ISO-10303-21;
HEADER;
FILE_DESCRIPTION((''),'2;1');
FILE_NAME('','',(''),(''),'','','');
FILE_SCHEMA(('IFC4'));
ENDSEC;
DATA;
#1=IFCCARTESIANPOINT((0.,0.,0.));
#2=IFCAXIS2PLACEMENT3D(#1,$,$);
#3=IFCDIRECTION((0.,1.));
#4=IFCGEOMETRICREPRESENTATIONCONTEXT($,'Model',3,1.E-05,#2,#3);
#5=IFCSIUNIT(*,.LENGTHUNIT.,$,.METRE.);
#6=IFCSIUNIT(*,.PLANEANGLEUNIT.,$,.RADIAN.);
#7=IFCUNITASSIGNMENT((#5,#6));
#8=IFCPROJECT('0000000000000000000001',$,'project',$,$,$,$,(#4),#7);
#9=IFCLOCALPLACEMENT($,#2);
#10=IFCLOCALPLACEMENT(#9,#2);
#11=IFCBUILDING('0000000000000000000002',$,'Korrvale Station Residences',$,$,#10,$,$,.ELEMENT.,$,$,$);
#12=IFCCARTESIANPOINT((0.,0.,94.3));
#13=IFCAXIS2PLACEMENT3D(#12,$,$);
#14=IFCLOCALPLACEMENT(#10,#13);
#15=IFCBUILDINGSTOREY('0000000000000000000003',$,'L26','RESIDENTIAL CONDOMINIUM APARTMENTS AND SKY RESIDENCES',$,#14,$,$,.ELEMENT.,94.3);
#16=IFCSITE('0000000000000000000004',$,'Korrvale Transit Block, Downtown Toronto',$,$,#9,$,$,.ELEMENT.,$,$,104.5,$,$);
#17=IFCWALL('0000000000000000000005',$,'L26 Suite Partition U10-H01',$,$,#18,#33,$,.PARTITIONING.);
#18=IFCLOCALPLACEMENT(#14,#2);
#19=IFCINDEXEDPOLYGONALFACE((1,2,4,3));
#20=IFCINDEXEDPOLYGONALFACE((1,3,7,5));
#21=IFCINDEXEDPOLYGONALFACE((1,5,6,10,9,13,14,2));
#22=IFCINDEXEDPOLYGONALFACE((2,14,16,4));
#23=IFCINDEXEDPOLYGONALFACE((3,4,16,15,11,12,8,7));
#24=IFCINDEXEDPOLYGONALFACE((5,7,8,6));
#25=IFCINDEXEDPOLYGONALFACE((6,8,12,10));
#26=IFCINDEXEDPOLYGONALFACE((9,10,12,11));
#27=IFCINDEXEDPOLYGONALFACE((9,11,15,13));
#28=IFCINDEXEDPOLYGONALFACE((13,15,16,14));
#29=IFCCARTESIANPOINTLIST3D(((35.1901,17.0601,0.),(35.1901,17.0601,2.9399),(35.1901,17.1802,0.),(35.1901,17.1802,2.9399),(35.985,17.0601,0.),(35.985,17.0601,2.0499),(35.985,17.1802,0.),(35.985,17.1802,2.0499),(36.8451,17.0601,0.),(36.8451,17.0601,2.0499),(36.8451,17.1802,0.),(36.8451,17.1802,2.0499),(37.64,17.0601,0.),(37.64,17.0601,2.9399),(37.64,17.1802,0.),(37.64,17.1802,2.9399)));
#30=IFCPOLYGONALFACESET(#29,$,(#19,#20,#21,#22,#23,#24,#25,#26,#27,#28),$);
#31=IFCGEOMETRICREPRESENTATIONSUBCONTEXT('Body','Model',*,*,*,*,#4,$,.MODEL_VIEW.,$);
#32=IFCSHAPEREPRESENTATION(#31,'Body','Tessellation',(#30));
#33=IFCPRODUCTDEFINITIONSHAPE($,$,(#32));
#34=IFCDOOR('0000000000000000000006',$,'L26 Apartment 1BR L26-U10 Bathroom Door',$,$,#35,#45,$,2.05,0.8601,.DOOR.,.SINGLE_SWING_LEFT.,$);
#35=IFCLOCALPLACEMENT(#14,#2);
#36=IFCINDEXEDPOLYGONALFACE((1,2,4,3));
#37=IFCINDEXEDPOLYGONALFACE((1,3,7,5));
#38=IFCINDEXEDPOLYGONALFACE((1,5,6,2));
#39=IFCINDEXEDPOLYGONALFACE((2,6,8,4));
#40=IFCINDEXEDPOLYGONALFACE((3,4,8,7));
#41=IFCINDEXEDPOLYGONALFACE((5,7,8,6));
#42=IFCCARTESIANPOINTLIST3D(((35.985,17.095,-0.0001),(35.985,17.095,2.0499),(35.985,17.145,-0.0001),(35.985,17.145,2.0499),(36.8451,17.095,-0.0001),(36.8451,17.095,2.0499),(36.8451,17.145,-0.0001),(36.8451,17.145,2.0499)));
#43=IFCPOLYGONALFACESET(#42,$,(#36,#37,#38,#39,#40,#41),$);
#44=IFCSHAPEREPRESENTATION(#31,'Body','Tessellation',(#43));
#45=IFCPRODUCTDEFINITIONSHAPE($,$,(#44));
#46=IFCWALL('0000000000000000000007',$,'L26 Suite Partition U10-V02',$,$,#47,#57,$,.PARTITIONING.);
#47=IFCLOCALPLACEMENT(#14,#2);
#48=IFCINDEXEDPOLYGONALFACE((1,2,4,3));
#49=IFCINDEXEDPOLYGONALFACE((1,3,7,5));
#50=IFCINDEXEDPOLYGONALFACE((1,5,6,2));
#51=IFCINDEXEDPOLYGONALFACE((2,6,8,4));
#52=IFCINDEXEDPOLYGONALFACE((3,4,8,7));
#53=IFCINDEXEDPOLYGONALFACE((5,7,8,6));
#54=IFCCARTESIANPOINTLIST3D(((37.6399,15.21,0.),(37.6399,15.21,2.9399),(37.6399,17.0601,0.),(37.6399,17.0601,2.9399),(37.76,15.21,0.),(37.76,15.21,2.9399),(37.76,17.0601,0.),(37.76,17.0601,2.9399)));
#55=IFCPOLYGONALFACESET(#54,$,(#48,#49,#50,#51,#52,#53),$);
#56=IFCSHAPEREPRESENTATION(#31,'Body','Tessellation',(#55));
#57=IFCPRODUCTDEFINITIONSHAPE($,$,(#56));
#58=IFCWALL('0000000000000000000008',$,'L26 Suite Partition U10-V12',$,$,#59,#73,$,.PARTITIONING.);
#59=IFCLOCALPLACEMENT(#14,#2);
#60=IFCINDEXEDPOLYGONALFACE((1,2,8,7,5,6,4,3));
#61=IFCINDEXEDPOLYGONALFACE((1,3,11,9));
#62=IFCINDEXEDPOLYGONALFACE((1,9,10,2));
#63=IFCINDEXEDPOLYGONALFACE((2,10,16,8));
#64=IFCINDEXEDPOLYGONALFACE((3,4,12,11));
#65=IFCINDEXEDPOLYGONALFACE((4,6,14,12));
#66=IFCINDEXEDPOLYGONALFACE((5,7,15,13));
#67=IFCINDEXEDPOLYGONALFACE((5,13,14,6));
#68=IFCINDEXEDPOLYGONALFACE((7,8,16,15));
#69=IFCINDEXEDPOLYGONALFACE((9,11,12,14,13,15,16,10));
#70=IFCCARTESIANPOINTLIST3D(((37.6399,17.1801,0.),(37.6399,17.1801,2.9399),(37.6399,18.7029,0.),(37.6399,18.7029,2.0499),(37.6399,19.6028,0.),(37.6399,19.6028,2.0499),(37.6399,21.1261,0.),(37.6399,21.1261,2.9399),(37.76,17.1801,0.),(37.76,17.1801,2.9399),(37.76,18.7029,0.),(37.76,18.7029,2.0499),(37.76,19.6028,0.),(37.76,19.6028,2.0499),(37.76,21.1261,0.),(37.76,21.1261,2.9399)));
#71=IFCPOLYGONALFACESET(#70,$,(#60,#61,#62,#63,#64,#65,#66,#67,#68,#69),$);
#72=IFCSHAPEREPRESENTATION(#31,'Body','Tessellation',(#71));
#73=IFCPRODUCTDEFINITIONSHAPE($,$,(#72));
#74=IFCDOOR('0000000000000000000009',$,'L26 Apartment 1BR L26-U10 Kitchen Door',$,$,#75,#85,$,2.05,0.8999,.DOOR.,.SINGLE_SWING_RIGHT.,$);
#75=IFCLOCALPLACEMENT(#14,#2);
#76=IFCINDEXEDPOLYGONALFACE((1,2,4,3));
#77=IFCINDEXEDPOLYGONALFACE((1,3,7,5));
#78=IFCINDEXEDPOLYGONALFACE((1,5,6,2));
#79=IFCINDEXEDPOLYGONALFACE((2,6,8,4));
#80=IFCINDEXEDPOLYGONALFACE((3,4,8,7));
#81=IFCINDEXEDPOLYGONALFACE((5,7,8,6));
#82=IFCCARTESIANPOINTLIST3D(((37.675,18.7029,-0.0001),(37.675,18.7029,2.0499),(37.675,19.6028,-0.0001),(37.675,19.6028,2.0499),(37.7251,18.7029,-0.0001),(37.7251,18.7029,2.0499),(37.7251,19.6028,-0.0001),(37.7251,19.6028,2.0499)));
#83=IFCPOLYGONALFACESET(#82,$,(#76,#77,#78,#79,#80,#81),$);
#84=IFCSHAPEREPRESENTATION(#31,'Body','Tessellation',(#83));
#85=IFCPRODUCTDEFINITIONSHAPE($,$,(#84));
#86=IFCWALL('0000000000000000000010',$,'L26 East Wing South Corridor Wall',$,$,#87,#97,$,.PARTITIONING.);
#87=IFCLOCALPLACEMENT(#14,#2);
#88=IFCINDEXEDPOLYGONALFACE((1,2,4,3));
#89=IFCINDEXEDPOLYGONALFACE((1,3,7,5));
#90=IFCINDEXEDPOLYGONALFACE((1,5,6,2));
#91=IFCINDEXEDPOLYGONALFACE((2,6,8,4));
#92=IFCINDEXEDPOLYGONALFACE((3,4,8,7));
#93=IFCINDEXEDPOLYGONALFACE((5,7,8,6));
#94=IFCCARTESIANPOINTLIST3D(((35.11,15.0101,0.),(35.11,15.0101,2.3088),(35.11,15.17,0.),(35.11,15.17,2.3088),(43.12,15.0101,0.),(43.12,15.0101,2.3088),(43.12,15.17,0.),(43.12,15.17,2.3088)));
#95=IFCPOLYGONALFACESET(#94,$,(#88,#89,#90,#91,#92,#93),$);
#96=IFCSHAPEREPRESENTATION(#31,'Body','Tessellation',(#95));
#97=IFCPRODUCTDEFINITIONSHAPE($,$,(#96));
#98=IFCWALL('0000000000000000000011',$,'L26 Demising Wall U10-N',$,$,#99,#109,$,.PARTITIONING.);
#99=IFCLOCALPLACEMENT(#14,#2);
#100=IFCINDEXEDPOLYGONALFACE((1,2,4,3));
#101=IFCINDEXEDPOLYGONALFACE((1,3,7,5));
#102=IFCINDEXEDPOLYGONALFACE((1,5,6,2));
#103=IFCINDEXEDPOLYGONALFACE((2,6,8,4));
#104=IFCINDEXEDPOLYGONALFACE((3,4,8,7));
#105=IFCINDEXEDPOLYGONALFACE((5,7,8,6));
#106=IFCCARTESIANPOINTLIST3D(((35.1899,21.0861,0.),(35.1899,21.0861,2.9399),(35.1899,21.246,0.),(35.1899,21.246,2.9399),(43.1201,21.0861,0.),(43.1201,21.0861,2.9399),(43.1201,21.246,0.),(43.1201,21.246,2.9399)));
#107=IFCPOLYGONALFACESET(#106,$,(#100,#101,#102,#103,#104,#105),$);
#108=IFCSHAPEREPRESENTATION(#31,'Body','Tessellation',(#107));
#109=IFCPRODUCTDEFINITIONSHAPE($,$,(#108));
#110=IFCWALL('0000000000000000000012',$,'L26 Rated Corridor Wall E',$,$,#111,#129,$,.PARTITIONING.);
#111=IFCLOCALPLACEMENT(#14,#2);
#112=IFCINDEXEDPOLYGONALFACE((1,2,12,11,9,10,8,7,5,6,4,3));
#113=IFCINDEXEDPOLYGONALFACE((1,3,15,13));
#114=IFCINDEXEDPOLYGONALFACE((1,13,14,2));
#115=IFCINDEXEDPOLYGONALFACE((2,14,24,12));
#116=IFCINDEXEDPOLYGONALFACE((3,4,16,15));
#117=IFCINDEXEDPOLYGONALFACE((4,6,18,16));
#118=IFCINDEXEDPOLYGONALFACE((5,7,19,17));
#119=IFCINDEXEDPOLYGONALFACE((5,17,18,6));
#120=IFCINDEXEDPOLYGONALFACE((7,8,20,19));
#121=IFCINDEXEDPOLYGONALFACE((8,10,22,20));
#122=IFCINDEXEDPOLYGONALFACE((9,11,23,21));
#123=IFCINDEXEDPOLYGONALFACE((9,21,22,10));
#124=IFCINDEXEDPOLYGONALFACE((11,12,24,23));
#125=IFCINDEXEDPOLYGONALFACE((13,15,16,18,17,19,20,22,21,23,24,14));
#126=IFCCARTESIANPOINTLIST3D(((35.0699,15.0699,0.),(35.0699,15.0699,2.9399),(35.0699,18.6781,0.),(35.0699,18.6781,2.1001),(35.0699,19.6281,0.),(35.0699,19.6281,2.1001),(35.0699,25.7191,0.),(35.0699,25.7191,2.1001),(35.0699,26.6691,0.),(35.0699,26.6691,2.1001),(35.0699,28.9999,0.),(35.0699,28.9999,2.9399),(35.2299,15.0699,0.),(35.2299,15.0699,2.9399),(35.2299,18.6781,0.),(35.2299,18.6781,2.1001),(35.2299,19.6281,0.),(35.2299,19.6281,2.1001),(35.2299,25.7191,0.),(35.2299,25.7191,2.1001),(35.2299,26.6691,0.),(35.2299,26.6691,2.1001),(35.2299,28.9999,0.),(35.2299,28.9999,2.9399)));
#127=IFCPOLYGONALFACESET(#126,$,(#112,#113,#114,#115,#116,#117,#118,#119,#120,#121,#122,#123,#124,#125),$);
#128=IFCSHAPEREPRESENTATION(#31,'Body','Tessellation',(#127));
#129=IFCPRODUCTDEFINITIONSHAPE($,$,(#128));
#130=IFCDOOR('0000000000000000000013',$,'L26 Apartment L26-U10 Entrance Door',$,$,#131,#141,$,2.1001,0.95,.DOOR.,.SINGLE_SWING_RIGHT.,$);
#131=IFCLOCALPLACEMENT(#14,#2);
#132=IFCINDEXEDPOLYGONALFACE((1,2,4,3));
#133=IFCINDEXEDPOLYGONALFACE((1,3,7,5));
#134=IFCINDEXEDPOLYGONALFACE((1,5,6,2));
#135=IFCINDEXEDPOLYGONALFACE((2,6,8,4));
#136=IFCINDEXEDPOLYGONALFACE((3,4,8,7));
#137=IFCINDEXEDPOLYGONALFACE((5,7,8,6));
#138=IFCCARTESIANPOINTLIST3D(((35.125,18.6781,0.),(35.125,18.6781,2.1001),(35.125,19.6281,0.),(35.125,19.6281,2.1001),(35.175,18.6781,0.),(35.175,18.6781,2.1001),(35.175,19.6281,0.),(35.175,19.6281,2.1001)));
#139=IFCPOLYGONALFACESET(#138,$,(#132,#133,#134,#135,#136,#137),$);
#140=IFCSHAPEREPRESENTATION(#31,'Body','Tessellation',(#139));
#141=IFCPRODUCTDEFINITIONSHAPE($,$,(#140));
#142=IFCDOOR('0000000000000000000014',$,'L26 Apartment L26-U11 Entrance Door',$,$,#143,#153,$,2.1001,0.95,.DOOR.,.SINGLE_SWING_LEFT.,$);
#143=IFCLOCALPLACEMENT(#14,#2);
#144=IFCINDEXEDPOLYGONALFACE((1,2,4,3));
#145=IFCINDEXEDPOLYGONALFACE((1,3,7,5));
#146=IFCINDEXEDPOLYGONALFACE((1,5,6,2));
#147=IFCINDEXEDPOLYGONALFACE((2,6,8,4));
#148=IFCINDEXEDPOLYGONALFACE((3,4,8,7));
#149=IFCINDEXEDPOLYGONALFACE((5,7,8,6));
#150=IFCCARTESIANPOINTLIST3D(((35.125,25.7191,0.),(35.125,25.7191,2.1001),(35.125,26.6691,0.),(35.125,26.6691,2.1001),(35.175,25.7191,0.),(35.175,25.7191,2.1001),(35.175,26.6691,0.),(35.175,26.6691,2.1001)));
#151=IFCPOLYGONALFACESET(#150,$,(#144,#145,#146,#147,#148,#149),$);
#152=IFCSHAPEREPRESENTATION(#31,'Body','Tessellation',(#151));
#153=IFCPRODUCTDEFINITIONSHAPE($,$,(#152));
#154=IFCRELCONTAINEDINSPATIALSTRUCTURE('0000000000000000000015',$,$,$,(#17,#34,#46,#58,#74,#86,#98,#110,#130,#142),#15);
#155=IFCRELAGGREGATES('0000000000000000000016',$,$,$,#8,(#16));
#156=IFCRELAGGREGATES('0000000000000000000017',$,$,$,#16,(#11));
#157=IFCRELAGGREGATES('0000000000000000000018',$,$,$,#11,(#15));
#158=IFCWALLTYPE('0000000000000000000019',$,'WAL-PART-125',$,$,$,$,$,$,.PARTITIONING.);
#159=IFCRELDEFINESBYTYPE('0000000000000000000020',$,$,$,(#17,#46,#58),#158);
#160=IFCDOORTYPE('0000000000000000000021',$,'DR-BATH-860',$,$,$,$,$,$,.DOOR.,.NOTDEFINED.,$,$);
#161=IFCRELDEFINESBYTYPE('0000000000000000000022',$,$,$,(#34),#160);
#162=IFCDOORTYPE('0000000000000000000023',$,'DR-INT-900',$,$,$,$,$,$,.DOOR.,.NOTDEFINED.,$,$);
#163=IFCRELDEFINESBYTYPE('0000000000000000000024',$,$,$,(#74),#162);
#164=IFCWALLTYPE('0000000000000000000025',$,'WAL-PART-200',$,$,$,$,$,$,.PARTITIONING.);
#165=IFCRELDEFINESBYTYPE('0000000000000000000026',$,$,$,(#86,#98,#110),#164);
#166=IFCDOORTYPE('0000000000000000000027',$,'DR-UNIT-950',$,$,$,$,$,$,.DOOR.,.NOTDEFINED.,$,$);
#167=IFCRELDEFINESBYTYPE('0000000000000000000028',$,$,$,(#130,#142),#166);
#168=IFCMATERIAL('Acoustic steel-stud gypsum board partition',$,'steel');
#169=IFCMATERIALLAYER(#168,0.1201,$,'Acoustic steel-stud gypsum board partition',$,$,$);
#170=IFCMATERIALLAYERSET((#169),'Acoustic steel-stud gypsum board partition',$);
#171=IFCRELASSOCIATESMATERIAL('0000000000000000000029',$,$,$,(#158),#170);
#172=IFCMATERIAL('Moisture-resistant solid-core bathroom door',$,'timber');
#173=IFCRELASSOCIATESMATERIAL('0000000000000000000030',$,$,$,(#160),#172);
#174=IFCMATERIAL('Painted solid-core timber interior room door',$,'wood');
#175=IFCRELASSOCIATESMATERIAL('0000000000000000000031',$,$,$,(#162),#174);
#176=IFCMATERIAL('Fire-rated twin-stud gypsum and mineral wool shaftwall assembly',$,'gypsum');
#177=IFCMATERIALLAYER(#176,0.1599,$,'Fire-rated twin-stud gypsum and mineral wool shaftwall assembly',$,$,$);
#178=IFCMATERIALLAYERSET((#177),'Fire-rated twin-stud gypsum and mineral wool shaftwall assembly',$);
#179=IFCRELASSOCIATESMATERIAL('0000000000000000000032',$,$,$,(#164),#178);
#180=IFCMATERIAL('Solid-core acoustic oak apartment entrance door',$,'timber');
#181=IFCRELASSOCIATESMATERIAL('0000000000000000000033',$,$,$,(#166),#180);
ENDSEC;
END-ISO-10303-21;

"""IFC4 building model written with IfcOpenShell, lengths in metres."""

from ifc_helpers import new_model, si_unit, direction, frame, frame_2d, origin, place, context, subcontext, project, spatial, rectangle, extrude, material, layer, layer_set, type_object, element, fill, save


model = new_model("IFC4")

# Units and contexts
model_context = context("Model", 3, precision=1e-05, world=origin(), true_north=direction((0.0, 1.0)))
body_context = subcontext(model_context, "Body", "Model", "MODEL_VIEW")
ifc_project = project(units=[si_unit("LENGTHUNIT", "METRE"), si_unit("PLANEANGLEUNIT", "RADIAN")], contexts=[model_context])

# Site, building, storey
site_placement = place(None, origin())
site = spatial("IfcSite", under=ifc_project, at=site_placement, Name="Korrvale Transit Block, Downtown Toronto", CompositionType="ELEMENT", RefElevation=104.5)
building_placement = place(site_placement, origin())
building = spatial("IfcBuilding", under=site, at=building_placement, Name="Korrvale Station Residences", CompositionType="ELEMENT")
storey_placement = place(building_placement, frame((0.0, 0.0, 94.3)))
storey = spatial("IfcBuildingStorey", under=building, at=storey_placement, Name="L26", Description="RESIDENTIAL CONDOMINIUM APARTMENTS AND SKY RESIDENCES", CompositionType="ELEMENT", Elevation=94.3)

# Wall, opening, door
ifc_material_1 = material(Name="Acoustic steel-stud gypsum board partition", Category="steel")
ifc_layer_1 = layer(ifc_material_1, 0.1201, Name="Acoustic steel-stud gypsum board partition")
ifc_layer_set_1 = layer_set([ifc_layer_1], Name="Acoustic steel-stud gypsum board partition")
wall_type_1 = type_object("IfcWallType", Name="WAL-PART-125", PredefinedType="PARTITIONING", material=ifc_layer_set_1)
wall_1_placement = place(storey_placement, frame((35.1899, 17.1201, 0.0), z_axis=(0.0, 0.0, 1.0), x_axis=(1.0, 0.0, 0.0)))
wall_1 = element("IfcWall", 1, at=wall_1_placement, inside=storey, type_object=wall_type_1, Name="L26 Suite Partition U10-H01", PredefinedType="PARTITIONING", context=body_context, shape_type="SweptSolid", body=[
    extrude(rectangle(XDim=2.45, YDim=0.1201, at=frame_2d((1.2251, 0.0))), origin(), (0.0, 0.0, 1.0), 2.9399),
])
opening_1_placement = place(wall_1_placement, frame((0.7949, 0.0, 0.0)))
opening_1 = element("IfcOpeningElement", 2, at=opening_1_placement, cuts=wall_1, PredefinedType="OPENING", context=body_context, shape_type="SweptSolid", body=[
    extrude(rectangle(XDim=0.8601, YDim=2.05, at=frame_2d((0.4302, 1.0249))), frame((0.0, 0.0701, 0.0), z_axis=(0.0, -1.0, 0.0), x_axis=(1.0, 0.0, 0.0)), (0.0, 0.0, 1.0), 0.1401),
])
ifc_material_2 = material(Name="Moisture-resistant solid-core bathroom door", Category="timber")
door_type_1 = type_object("IfcDoorType", Name="DR-BATH-860", OperationType="NOTDEFINED", PredefinedType="DOOR", material=ifc_material_2)
door_1_placement = place(opening_1_placement, origin())
door_1 = element("IfcDoor", 3, at=door_1_placement, inside=storey, type_object=door_type_1, Name="L26 Apartment 1BR L26-U10 Bathroom Door", OperationType="SINGLE_SWING_LEFT", OverallHeight=2.05, OverallWidth=0.8601, PredefinedType="DOOR", context=body_context, shape_type="SweptSolid", body=[
    extrude(rectangle(XDim=0.8601, YDim=2.05, at=frame_2d((0.4302, 1.0249))), frame((0.0, 0.0249, 0.0), z_axis=(0.0, -1.0, 0.0), x_axis=(1.0, 0.0, 0.0)), (0.0, 0.0, 1.0), 0.05),
])
fill(opening_1, door_1)

# Wall
wall_2_placement = place(storey_placement, frame((37.7, 15.21, 0.0), z_axis=(0.0, 0.0, 1.0), x_axis=(0.0, 1.0, 0.0)))
element("IfcWall", 4, at=wall_2_placement, inside=storey, type_object=wall_type_1, Name="L26 Suite Partition U10-V02", PredefinedType="PARTITIONING", context=body_context, shape_type="SweptSolid", body=[
    extrude(rectangle(XDim=1.8501, YDim=0.1201, at=frame_2d((0.925, 0.0))), origin(), (0.0, 0.0, 1.0), 2.9399),
])

# Wall, opening, door
wall_3_placement = place(storey_placement, frame((37.7, 17.1799, 0.0), z_axis=(0.0, 0.0, 1.0), x_axis=(0.0, 1.0, 0.0)))
wall_3 = element("IfcWall", 5, at=wall_3_placement, inside=storey, type_object=wall_type_1, Name="L26 Suite Partition U10-V12", PredefinedType="PARTITIONING", context=body_context, shape_type="SweptSolid", body=[
    extrude(rectangle(XDim=3.946, YDim=0.1201, at=frame_2d((1.9731, 0.0))), origin(), (0.0, 0.0, 1.0), 2.9399),
])
opening_2_placement = place(wall_3_placement, frame((1.5229, 0.0, 0.0)))
opening_2 = element("IfcOpeningElement", 6, at=opening_2_placement, cuts=wall_3, PredefinedType="OPENING", context=body_context, shape_type="SweptSolid", body=[
    extrude(rectangle(XDim=0.8999, YDim=2.05, at=frame_2d((0.45, 1.0249))), frame((0.0, 0.0701, 0.0), z_axis=(0.0, -1.0, 0.0), x_axis=(1.0, 0.0, 0.0)), (0.0, 0.0, 1.0), 0.1401),
])
ifc_material_3 = material(Name="Painted solid-core timber interior room door", Category="wood")
door_type_2 = type_object("IfcDoorType", Name="DR-INT-900", OperationType="NOTDEFINED", PredefinedType="DOOR", material=ifc_material_3)
door_2_placement = place(opening_2_placement, origin())
door_2 = element("IfcDoor", 7, at=door_2_placement, inside=storey, type_object=door_type_2, Name="L26 Apartment 1BR L26-U10 Kitchen Door", OperationType="SINGLE_SWING_RIGHT", OverallHeight=2.05, OverallWidth=0.8999, PredefinedType="DOOR", context=body_context, shape_type="SweptSolid", body=[
    extrude(rectangle(XDim=0.8999, YDim=2.05, at=frame_2d((0.45, 1.0249))), frame((0.0, 0.0249, 0.0), z_axis=(0.0, -1.0, 0.0), x_axis=(1.0, 0.0, 0.0)), (0.0, 0.0, 1.0), 0.05),
])
fill(opening_2, door_2)

# Walls
ifc_material_4 = material(Name="Fire-rated twin-stud gypsum and mineral wool shaftwall assembly", Category="gypsum")
ifc_layer_2 = layer(ifc_material_4, 0.1599, Name="Fire-rated twin-stud gypsum and mineral wool shaftwall assembly")
ifc_layer_set_2 = layer_set([ifc_layer_2], Name="Fire-rated twin-stud gypsum and mineral wool shaftwall assembly")
wall_type_2 = type_object("IfcWallType", Name="WAL-PART-200", PredefinedType="PARTITIONING", material=ifc_layer_set_2)
wall_4_placement = place(storey_placement, frame((35.1101, 15.0901, 0.0), z_axis=(0.0, 0.0, 1.0), x_axis=(1.0, 0.0, 0.0)))
element("IfcWall", 8, at=wall_4_placement, inside=storey, type_object=wall_type_2, Name="L26 East Wing South Corridor Wall", PredefinedType="PARTITIONING", context=body_context, shape_type="SweptSolid", body=[
    extrude(rectangle(XDim=8.01, YDim=0.1599, at=frame_2d((4.0049, 0.0))), origin(), (0.0, 0.0, 1.0), 2.3088),
])
wall_5_placement = place(storey_placement, frame((35.1899, 21.166, 0.0), z_axis=(0.0, 0.0, 1.0), x_axis=(1.0, 0.0, 0.0)))
element("IfcWall", 9, at=wall_5_placement, inside=storey, type_object=wall_type_2, Name="L26 Demising Wall U10-N", PredefinedType="PARTITIONING", context=body_context, shape_type="SweptSolid", body=[
    extrude(rectangle(XDim=7.9302, YDim=0.1599, at=frame_2d((3.9651, 0.0))), origin(), (0.0, 0.0, 1.0), 2.9399),
])

# Wall, openings, doors
wall_6_placement = place(storey_placement, frame((35.1499, 15.0701, 0.0), z_axis=(0.0, 0.0, 1.0), x_axis=(0.0, 1.0, 0.0)))
wall_6 = element("IfcWall", 10, at=wall_6_placement, inside=storey, type_object=wall_type_2, Name="L26 Rated Corridor Wall E", PredefinedType="PARTITIONING", context=body_context, shape_type="SweptSolid", body=[
    extrude(rectangle(XDim=13.9299, YDim=0.1599, at=frame_2d((6.9648, 0.0))), origin(), (0.0, 0.0, 1.0), 2.9399),
])
opening_3_placement = place(wall_6_placement, frame((3.6079, 0.0, 0.0)))
opening_3 = element("IfcOpeningElement", 11, at=opening_3_placement, cuts=wall_6, PredefinedType="OPENING", context=body_context, shape_type="SweptSolid", body=[
    extrude(rectangle(XDim=0.95, YDim=2.1001, at=frame_2d((0.4751, 1.05))), frame((0.0, 0.0898, 0.0), z_axis=(0.0, -1.0, 0.0), x_axis=(1.0, 0.0, 0.0)), (0.0, 0.0, 1.0), 0.1799),
])
opening_4_placement = place(wall_6_placement, frame((10.6489, 0.0, 0.0)))
opening_4 = element("IfcOpeningElement", 12, at=opening_4_placement, cuts=wall_6, PredefinedType="OPENING", context=body_context, shape_type="SweptSolid", body=[
    extrude(rectangle(XDim=0.95, YDim=2.1001, at=frame_2d((0.4751, 1.05))), frame((0.0, 0.0898, 0.0), z_axis=(0.0, -1.0, 0.0), x_axis=(1.0, 0.0, 0.0)), (0.0, 0.0, 1.0), 0.1799),
])
ifc_material_5 = material(Name="Solid-core acoustic oak apartment entrance door", Category="timber")
door_type_3 = type_object("IfcDoorType", Name="DR-UNIT-950", OperationType="NOTDEFINED", PredefinedType="DOOR", material=ifc_material_5)
door_3_placement = place(opening_3_placement, origin())
door_3 = element("IfcDoor", 13, at=door_3_placement, inside=storey, type_object=door_type_3, Name="L26 Apartment L26-U10 Entrance Door", OperationType="SINGLE_SWING_RIGHT", OverallHeight=2.1001, OverallWidth=0.95, PredefinedType="DOOR", context=body_context, shape_type="SweptSolid", body=[
    extrude(rectangle(XDim=0.95, YDim=2.1001, at=frame_2d((0.4751, 1.05))), frame((0.0, 0.0249, 0.0), z_axis=(0.0, -1.0, 0.0), x_axis=(1.0, 0.0, 0.0)), (0.0, 0.0, 1.0), 0.05),
])
fill(opening_3, door_3)
door_4_placement = place(opening_4_placement, origin())
door_4 = element("IfcDoor", 14, at=door_4_placement, inside=storey, type_object=door_type_3, Name="L26 Apartment L26-U11 Entrance Door", OperationType="SINGLE_SWING_LEFT", OverallHeight=2.1001, OverallWidth=0.95, PredefinedType="DOOR", context=body_context, shape_type="SweptSolid", body=[
    extrude(rectangle(XDim=0.95, YDim=2.1001, at=frame_2d((0.4751, 1.05))), frame((0.0, 0.0249, 0.0), z_axis=(0.0, -1.0, 0.0), x_axis=(1.0, 0.0, 0.0)), (0.0, 0.0, 1.0), 0.05),
])
fill(opening_4, door_4)

save(model, "model.ifc")
